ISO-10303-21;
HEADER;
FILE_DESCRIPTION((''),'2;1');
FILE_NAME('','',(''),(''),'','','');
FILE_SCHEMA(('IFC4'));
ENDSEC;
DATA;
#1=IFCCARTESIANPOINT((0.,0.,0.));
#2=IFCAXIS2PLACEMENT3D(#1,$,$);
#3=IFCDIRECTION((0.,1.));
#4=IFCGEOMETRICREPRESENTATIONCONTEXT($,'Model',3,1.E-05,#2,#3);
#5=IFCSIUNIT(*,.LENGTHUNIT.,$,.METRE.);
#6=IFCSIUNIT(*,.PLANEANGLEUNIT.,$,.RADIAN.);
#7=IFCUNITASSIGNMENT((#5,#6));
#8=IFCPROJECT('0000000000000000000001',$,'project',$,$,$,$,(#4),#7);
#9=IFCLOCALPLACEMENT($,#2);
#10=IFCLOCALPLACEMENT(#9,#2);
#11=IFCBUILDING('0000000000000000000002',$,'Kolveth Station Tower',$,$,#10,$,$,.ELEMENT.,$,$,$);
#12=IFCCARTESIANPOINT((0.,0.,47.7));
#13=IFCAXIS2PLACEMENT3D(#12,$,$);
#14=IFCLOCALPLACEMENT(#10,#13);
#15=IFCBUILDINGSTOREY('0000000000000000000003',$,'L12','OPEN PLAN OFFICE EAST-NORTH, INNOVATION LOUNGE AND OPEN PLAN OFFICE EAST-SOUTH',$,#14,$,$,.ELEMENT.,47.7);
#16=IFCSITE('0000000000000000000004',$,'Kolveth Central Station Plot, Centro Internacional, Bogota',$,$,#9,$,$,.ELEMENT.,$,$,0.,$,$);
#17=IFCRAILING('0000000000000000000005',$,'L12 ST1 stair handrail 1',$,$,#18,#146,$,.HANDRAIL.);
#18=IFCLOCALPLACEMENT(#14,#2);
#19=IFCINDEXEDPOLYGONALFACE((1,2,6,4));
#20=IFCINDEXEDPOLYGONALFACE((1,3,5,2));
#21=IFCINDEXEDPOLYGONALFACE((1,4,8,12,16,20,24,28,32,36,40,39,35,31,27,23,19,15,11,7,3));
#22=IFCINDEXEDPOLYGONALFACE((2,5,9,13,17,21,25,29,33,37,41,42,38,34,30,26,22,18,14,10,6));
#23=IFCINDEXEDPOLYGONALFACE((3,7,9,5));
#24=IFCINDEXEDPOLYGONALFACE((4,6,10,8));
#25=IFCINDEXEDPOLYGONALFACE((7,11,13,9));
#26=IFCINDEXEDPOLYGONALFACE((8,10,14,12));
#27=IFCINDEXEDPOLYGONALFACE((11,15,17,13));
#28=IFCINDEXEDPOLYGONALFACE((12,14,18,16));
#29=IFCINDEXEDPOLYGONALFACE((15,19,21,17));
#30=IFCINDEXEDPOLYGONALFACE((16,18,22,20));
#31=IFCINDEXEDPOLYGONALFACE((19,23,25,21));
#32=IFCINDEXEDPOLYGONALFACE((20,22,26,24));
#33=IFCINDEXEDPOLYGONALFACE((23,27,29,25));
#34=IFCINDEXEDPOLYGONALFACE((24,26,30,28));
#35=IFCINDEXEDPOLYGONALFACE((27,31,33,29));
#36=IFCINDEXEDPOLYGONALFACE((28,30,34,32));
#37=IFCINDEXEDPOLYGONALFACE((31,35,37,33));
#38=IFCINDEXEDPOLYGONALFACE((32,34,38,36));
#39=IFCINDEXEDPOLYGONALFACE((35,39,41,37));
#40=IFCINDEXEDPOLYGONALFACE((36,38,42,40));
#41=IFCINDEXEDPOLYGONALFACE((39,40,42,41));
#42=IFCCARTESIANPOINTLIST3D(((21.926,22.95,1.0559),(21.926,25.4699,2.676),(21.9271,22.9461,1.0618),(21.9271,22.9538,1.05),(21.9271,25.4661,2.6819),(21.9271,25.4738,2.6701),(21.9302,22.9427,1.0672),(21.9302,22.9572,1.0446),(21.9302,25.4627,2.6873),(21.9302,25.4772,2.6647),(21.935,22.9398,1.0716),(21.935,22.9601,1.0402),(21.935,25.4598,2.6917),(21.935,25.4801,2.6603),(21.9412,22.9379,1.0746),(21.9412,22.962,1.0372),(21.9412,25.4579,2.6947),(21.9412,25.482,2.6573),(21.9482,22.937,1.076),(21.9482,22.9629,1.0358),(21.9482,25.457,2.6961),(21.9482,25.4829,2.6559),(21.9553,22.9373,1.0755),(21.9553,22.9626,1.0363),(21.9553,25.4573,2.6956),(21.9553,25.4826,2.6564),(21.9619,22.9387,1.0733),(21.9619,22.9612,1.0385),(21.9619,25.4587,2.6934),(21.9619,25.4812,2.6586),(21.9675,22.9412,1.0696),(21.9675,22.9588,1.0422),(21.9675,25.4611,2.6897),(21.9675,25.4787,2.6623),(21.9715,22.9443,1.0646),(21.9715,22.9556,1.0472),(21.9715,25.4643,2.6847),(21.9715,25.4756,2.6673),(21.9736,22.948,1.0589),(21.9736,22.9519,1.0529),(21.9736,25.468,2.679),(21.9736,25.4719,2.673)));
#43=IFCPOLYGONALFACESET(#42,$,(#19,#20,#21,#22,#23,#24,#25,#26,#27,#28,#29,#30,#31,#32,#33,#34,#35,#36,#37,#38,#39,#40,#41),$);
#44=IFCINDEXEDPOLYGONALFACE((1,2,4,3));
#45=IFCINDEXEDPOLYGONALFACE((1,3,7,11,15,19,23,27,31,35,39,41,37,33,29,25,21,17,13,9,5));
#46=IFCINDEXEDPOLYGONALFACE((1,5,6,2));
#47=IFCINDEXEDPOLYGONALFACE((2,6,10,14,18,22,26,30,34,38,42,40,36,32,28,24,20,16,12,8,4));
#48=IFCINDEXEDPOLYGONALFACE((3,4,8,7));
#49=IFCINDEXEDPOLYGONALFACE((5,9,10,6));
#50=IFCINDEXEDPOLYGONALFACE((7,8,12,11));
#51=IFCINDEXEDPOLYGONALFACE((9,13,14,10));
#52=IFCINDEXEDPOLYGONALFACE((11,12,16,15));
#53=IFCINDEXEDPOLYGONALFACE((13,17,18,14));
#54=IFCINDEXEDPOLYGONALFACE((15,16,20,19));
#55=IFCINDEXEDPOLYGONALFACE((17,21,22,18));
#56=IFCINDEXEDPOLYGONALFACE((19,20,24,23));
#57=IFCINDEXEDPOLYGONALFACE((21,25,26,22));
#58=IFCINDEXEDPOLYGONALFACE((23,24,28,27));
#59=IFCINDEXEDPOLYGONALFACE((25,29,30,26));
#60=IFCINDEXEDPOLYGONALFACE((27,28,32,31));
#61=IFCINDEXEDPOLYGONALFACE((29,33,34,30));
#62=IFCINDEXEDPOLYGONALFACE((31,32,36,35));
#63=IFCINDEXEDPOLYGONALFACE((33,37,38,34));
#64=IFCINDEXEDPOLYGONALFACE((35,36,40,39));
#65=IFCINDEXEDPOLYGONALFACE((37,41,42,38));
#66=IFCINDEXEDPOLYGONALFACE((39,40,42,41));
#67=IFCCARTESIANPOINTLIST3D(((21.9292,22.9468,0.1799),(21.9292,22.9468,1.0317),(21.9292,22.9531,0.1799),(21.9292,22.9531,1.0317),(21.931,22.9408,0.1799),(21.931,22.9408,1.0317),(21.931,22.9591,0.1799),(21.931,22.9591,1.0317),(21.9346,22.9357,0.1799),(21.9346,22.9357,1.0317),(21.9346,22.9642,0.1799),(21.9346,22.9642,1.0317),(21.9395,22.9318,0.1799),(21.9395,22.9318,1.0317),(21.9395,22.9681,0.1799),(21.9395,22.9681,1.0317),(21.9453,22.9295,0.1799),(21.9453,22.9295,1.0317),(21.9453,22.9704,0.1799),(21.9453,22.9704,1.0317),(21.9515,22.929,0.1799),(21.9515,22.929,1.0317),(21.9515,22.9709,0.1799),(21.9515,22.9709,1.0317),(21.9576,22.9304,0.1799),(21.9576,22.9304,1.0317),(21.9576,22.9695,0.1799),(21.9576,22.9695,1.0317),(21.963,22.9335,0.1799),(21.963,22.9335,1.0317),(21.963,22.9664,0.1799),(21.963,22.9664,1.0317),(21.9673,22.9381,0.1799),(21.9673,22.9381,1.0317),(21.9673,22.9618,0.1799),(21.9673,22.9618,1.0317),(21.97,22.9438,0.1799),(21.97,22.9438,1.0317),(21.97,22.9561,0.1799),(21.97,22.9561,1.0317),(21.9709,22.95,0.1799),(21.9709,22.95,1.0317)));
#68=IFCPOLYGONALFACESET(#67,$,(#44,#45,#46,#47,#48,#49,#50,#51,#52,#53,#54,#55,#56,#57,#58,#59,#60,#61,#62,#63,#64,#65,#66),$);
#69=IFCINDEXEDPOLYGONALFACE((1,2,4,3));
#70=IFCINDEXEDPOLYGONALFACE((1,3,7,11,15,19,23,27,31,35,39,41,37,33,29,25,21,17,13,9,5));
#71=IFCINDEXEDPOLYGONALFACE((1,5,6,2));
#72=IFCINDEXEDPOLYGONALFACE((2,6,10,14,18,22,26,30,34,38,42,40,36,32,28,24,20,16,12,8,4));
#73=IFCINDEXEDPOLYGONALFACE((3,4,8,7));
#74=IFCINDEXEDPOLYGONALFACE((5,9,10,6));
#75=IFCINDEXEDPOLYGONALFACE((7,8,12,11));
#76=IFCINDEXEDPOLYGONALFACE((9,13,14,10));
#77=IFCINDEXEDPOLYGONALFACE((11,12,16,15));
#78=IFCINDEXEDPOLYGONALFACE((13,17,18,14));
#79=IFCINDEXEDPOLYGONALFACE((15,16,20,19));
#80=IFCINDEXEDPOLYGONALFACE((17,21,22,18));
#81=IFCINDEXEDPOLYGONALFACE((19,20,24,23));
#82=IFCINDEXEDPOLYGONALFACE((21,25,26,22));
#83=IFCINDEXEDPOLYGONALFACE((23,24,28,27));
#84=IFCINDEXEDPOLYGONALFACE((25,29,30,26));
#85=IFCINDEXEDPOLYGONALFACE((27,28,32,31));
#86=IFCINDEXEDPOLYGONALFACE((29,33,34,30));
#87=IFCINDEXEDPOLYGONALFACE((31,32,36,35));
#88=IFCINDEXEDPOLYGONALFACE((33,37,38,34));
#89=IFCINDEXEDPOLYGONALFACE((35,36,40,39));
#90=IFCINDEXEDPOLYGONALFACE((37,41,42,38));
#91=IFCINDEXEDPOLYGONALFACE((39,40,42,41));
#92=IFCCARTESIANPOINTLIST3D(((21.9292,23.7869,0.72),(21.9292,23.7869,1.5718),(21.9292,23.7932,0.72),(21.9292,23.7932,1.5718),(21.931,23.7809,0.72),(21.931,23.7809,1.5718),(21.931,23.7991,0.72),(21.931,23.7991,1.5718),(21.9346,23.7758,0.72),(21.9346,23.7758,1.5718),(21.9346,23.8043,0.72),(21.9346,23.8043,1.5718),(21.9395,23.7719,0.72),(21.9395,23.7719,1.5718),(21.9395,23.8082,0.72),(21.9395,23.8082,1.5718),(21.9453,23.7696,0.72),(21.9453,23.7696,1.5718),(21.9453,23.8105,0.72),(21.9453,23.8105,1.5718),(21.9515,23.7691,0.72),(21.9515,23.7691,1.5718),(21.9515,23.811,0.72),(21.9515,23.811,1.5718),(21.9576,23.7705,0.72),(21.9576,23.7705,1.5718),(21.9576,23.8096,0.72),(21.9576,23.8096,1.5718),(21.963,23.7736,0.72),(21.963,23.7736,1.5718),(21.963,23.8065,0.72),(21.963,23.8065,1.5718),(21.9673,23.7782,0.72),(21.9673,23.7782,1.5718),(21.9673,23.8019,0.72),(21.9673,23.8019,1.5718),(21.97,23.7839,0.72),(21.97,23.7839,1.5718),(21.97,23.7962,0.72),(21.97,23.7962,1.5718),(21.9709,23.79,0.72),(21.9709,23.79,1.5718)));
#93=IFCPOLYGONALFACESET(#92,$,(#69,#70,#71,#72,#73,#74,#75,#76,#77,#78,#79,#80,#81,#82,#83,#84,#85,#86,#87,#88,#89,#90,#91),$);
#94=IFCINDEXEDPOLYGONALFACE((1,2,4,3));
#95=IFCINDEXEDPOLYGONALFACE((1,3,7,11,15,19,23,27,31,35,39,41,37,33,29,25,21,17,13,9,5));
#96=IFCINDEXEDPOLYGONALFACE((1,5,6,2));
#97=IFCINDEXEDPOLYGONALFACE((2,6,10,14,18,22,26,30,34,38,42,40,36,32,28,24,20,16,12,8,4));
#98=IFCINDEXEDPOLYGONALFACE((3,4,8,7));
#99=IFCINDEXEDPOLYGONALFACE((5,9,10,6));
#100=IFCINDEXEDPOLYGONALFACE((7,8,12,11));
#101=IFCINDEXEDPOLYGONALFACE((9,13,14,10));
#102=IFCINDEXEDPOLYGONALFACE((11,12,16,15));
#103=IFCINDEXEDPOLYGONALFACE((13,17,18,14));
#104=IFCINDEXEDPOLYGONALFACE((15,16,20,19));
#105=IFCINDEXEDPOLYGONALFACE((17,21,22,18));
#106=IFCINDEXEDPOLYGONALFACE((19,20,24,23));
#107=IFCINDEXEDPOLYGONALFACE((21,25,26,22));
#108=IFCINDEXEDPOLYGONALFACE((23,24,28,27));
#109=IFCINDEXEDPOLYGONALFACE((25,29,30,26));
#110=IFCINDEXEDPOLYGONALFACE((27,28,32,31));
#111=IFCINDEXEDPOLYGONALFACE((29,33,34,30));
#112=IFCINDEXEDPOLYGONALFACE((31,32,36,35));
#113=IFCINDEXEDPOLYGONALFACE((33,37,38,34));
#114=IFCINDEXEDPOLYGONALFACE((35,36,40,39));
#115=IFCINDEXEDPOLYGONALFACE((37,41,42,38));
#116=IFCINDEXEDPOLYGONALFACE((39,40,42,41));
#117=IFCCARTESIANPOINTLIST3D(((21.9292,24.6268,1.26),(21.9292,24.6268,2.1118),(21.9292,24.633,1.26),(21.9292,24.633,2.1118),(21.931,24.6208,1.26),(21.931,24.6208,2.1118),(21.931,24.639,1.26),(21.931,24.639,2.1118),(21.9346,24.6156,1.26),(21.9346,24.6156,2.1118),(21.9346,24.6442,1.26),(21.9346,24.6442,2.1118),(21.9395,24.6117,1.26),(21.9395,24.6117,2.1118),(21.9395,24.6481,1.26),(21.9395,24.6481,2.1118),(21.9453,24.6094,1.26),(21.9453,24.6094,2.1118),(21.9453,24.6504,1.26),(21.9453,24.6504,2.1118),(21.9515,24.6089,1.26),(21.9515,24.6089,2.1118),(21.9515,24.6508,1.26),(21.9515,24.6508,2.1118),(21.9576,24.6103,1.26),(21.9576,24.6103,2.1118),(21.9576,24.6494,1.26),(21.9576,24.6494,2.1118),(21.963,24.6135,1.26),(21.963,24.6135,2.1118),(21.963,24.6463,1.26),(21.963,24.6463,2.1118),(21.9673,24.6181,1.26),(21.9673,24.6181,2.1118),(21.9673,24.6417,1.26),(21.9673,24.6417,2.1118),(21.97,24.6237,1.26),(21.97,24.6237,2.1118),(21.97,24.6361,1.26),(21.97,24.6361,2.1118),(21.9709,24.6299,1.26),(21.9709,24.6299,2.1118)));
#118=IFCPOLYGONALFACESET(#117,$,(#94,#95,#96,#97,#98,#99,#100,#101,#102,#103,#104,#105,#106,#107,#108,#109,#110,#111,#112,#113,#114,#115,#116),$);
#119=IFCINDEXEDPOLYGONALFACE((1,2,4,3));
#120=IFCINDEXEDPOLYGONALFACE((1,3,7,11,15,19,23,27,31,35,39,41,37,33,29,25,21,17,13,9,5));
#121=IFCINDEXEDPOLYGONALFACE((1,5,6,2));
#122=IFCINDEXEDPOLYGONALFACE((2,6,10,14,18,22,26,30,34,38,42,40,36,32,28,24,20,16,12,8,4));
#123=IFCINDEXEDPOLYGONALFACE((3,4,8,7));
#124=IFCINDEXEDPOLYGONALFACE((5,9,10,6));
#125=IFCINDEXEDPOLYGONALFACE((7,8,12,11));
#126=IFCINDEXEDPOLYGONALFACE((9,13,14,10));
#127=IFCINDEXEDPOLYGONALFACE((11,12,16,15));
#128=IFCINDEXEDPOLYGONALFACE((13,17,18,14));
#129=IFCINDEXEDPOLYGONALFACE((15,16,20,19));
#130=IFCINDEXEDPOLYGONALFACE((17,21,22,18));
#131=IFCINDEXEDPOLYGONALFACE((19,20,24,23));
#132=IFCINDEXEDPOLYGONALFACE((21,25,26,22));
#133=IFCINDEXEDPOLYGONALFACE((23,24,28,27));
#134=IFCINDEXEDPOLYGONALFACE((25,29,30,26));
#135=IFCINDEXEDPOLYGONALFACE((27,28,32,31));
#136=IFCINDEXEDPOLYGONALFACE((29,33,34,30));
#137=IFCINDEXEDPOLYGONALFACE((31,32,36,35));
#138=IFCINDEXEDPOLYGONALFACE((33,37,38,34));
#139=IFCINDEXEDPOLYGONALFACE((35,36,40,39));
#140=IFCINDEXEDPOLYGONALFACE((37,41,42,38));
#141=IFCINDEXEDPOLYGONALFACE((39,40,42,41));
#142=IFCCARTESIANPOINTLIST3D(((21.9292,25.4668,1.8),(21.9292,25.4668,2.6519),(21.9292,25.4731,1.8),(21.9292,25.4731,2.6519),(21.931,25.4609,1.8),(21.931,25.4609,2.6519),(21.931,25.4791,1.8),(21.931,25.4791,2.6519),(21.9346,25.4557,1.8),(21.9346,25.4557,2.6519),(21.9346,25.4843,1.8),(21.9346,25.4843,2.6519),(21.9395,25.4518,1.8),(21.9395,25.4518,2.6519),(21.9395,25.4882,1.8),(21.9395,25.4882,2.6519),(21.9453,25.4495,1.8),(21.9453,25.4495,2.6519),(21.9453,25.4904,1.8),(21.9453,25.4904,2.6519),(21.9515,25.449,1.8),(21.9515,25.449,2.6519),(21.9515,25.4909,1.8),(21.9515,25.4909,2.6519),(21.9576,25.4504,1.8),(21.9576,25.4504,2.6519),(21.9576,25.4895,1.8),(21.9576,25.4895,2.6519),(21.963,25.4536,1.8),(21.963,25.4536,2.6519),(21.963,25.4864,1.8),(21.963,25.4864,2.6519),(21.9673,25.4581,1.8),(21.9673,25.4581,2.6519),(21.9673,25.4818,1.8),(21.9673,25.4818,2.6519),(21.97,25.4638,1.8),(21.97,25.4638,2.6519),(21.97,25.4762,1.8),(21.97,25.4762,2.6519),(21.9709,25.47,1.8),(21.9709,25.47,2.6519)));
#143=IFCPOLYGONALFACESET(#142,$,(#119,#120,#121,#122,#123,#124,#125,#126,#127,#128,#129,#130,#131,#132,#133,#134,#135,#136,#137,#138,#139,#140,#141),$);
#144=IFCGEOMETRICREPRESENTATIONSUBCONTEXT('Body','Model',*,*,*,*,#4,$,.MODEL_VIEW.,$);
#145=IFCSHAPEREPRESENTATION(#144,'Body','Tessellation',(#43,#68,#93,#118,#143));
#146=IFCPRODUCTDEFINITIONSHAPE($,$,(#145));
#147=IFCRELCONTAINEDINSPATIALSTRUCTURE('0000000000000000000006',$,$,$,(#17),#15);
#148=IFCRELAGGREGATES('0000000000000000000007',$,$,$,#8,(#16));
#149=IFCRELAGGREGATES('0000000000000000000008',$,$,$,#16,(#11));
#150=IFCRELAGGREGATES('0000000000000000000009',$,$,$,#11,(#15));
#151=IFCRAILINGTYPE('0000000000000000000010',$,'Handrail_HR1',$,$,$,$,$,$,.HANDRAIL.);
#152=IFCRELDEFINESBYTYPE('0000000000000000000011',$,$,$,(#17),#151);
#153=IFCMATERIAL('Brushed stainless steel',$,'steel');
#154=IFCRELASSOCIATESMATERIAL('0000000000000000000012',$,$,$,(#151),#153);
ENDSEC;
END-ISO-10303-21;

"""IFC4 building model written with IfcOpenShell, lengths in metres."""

from ifc_helpers import new_model, si_unit, direction, frame, origin, origin_2d, place, context, subcontext, project, spatial, circle, extrude, material, type_object, element, save


model = new_model("IFC4")

# Units and contexts
model_context = context("Model", 3, precision=1e-05, world=origin(), true_north=direction((0.0, 1.0)))
body_context = subcontext(model_context, "Body", "Model", "MODEL_VIEW")
ifc_project = project(units=[si_unit("LENGTHUNIT", "METRE"), si_unit("PLANEANGLEUNIT", "RADIAN")], contexts=[model_context])

# Site, building, storey
site_placement = place(None, origin())
site = spatial("IfcSite", under=ifc_project, at=site_placement, Name="Kolveth Central Station Plot, Centro Internacional, Bogota", CompositionType="ELEMENT", RefElevation=0.0)
building_placement = place(site_placement, origin())
building = spatial("IfcBuilding", under=site, at=building_placement, Name="Kolveth Station Tower", CompositionType="ELEMENT")
storey_placement = place(building_placement, frame((0.0, 0.0, 47.7)))
storey = spatial("IfcBuildingStorey", under=building, at=storey_placement, Name="L12", Description="OPEN PLAN OFFICE EAST-NORTH, INNOVATION LOUNGE AND OPEN PLAN OFFICE EAST-SOUTH", CompositionType="ELEMENT", Elevation=47.7)

# Railing
ifc_material_1 = material(Name="Brushed stainless steel", Category="steel")
railing_type_1 = type_object("IfcRailingType", Name="Handrail_HR1", PredefinedType="HANDRAIL", material=ifc_material_1)
railing_1_placement = place(storey_placement, frame((21.95, 22.95, 0.1799)))
element("IfcRailing", 1, at=railing_1_placement, inside=storey, type_object=railing_type_1, Name="L12 ST1 stair handrail 1", PredefinedType="HANDRAIL", context=body_context, shape_type="SweptSolid", body=[
    extrude(circle(Radius=0.0239, at=origin_2d()), frame((0.0, 0.0, 0.876), z_axis=(0.0, 0.841163, 0.540782), x_axis=(-1.0, 0.0, 0.0)), (0.0, 0.0, 1.0), 2.9958),
    extrude(circle(Radius=0.021, at=origin_2d()), origin(), (0.0, 0.0, 1.0), 0.8518),
    extrude(circle(Radius=0.021, at=origin_2d()), frame((0.0, 0.8401, 0.54)), (0.0, 0.0, 1.0), 0.8518),
    extrude(circle(Radius=0.021, at=origin_2d()), frame((0.0, 1.6799, 1.0801)), (0.0, 0.0, 1.0), 0.8518),
    extrude(circle(Radius=0.021, at=origin_2d()), frame((0.0, 2.52, 1.6201)), (0.0, 0.0, 1.0), 0.8518),
])

save(model, "model.ifc")
